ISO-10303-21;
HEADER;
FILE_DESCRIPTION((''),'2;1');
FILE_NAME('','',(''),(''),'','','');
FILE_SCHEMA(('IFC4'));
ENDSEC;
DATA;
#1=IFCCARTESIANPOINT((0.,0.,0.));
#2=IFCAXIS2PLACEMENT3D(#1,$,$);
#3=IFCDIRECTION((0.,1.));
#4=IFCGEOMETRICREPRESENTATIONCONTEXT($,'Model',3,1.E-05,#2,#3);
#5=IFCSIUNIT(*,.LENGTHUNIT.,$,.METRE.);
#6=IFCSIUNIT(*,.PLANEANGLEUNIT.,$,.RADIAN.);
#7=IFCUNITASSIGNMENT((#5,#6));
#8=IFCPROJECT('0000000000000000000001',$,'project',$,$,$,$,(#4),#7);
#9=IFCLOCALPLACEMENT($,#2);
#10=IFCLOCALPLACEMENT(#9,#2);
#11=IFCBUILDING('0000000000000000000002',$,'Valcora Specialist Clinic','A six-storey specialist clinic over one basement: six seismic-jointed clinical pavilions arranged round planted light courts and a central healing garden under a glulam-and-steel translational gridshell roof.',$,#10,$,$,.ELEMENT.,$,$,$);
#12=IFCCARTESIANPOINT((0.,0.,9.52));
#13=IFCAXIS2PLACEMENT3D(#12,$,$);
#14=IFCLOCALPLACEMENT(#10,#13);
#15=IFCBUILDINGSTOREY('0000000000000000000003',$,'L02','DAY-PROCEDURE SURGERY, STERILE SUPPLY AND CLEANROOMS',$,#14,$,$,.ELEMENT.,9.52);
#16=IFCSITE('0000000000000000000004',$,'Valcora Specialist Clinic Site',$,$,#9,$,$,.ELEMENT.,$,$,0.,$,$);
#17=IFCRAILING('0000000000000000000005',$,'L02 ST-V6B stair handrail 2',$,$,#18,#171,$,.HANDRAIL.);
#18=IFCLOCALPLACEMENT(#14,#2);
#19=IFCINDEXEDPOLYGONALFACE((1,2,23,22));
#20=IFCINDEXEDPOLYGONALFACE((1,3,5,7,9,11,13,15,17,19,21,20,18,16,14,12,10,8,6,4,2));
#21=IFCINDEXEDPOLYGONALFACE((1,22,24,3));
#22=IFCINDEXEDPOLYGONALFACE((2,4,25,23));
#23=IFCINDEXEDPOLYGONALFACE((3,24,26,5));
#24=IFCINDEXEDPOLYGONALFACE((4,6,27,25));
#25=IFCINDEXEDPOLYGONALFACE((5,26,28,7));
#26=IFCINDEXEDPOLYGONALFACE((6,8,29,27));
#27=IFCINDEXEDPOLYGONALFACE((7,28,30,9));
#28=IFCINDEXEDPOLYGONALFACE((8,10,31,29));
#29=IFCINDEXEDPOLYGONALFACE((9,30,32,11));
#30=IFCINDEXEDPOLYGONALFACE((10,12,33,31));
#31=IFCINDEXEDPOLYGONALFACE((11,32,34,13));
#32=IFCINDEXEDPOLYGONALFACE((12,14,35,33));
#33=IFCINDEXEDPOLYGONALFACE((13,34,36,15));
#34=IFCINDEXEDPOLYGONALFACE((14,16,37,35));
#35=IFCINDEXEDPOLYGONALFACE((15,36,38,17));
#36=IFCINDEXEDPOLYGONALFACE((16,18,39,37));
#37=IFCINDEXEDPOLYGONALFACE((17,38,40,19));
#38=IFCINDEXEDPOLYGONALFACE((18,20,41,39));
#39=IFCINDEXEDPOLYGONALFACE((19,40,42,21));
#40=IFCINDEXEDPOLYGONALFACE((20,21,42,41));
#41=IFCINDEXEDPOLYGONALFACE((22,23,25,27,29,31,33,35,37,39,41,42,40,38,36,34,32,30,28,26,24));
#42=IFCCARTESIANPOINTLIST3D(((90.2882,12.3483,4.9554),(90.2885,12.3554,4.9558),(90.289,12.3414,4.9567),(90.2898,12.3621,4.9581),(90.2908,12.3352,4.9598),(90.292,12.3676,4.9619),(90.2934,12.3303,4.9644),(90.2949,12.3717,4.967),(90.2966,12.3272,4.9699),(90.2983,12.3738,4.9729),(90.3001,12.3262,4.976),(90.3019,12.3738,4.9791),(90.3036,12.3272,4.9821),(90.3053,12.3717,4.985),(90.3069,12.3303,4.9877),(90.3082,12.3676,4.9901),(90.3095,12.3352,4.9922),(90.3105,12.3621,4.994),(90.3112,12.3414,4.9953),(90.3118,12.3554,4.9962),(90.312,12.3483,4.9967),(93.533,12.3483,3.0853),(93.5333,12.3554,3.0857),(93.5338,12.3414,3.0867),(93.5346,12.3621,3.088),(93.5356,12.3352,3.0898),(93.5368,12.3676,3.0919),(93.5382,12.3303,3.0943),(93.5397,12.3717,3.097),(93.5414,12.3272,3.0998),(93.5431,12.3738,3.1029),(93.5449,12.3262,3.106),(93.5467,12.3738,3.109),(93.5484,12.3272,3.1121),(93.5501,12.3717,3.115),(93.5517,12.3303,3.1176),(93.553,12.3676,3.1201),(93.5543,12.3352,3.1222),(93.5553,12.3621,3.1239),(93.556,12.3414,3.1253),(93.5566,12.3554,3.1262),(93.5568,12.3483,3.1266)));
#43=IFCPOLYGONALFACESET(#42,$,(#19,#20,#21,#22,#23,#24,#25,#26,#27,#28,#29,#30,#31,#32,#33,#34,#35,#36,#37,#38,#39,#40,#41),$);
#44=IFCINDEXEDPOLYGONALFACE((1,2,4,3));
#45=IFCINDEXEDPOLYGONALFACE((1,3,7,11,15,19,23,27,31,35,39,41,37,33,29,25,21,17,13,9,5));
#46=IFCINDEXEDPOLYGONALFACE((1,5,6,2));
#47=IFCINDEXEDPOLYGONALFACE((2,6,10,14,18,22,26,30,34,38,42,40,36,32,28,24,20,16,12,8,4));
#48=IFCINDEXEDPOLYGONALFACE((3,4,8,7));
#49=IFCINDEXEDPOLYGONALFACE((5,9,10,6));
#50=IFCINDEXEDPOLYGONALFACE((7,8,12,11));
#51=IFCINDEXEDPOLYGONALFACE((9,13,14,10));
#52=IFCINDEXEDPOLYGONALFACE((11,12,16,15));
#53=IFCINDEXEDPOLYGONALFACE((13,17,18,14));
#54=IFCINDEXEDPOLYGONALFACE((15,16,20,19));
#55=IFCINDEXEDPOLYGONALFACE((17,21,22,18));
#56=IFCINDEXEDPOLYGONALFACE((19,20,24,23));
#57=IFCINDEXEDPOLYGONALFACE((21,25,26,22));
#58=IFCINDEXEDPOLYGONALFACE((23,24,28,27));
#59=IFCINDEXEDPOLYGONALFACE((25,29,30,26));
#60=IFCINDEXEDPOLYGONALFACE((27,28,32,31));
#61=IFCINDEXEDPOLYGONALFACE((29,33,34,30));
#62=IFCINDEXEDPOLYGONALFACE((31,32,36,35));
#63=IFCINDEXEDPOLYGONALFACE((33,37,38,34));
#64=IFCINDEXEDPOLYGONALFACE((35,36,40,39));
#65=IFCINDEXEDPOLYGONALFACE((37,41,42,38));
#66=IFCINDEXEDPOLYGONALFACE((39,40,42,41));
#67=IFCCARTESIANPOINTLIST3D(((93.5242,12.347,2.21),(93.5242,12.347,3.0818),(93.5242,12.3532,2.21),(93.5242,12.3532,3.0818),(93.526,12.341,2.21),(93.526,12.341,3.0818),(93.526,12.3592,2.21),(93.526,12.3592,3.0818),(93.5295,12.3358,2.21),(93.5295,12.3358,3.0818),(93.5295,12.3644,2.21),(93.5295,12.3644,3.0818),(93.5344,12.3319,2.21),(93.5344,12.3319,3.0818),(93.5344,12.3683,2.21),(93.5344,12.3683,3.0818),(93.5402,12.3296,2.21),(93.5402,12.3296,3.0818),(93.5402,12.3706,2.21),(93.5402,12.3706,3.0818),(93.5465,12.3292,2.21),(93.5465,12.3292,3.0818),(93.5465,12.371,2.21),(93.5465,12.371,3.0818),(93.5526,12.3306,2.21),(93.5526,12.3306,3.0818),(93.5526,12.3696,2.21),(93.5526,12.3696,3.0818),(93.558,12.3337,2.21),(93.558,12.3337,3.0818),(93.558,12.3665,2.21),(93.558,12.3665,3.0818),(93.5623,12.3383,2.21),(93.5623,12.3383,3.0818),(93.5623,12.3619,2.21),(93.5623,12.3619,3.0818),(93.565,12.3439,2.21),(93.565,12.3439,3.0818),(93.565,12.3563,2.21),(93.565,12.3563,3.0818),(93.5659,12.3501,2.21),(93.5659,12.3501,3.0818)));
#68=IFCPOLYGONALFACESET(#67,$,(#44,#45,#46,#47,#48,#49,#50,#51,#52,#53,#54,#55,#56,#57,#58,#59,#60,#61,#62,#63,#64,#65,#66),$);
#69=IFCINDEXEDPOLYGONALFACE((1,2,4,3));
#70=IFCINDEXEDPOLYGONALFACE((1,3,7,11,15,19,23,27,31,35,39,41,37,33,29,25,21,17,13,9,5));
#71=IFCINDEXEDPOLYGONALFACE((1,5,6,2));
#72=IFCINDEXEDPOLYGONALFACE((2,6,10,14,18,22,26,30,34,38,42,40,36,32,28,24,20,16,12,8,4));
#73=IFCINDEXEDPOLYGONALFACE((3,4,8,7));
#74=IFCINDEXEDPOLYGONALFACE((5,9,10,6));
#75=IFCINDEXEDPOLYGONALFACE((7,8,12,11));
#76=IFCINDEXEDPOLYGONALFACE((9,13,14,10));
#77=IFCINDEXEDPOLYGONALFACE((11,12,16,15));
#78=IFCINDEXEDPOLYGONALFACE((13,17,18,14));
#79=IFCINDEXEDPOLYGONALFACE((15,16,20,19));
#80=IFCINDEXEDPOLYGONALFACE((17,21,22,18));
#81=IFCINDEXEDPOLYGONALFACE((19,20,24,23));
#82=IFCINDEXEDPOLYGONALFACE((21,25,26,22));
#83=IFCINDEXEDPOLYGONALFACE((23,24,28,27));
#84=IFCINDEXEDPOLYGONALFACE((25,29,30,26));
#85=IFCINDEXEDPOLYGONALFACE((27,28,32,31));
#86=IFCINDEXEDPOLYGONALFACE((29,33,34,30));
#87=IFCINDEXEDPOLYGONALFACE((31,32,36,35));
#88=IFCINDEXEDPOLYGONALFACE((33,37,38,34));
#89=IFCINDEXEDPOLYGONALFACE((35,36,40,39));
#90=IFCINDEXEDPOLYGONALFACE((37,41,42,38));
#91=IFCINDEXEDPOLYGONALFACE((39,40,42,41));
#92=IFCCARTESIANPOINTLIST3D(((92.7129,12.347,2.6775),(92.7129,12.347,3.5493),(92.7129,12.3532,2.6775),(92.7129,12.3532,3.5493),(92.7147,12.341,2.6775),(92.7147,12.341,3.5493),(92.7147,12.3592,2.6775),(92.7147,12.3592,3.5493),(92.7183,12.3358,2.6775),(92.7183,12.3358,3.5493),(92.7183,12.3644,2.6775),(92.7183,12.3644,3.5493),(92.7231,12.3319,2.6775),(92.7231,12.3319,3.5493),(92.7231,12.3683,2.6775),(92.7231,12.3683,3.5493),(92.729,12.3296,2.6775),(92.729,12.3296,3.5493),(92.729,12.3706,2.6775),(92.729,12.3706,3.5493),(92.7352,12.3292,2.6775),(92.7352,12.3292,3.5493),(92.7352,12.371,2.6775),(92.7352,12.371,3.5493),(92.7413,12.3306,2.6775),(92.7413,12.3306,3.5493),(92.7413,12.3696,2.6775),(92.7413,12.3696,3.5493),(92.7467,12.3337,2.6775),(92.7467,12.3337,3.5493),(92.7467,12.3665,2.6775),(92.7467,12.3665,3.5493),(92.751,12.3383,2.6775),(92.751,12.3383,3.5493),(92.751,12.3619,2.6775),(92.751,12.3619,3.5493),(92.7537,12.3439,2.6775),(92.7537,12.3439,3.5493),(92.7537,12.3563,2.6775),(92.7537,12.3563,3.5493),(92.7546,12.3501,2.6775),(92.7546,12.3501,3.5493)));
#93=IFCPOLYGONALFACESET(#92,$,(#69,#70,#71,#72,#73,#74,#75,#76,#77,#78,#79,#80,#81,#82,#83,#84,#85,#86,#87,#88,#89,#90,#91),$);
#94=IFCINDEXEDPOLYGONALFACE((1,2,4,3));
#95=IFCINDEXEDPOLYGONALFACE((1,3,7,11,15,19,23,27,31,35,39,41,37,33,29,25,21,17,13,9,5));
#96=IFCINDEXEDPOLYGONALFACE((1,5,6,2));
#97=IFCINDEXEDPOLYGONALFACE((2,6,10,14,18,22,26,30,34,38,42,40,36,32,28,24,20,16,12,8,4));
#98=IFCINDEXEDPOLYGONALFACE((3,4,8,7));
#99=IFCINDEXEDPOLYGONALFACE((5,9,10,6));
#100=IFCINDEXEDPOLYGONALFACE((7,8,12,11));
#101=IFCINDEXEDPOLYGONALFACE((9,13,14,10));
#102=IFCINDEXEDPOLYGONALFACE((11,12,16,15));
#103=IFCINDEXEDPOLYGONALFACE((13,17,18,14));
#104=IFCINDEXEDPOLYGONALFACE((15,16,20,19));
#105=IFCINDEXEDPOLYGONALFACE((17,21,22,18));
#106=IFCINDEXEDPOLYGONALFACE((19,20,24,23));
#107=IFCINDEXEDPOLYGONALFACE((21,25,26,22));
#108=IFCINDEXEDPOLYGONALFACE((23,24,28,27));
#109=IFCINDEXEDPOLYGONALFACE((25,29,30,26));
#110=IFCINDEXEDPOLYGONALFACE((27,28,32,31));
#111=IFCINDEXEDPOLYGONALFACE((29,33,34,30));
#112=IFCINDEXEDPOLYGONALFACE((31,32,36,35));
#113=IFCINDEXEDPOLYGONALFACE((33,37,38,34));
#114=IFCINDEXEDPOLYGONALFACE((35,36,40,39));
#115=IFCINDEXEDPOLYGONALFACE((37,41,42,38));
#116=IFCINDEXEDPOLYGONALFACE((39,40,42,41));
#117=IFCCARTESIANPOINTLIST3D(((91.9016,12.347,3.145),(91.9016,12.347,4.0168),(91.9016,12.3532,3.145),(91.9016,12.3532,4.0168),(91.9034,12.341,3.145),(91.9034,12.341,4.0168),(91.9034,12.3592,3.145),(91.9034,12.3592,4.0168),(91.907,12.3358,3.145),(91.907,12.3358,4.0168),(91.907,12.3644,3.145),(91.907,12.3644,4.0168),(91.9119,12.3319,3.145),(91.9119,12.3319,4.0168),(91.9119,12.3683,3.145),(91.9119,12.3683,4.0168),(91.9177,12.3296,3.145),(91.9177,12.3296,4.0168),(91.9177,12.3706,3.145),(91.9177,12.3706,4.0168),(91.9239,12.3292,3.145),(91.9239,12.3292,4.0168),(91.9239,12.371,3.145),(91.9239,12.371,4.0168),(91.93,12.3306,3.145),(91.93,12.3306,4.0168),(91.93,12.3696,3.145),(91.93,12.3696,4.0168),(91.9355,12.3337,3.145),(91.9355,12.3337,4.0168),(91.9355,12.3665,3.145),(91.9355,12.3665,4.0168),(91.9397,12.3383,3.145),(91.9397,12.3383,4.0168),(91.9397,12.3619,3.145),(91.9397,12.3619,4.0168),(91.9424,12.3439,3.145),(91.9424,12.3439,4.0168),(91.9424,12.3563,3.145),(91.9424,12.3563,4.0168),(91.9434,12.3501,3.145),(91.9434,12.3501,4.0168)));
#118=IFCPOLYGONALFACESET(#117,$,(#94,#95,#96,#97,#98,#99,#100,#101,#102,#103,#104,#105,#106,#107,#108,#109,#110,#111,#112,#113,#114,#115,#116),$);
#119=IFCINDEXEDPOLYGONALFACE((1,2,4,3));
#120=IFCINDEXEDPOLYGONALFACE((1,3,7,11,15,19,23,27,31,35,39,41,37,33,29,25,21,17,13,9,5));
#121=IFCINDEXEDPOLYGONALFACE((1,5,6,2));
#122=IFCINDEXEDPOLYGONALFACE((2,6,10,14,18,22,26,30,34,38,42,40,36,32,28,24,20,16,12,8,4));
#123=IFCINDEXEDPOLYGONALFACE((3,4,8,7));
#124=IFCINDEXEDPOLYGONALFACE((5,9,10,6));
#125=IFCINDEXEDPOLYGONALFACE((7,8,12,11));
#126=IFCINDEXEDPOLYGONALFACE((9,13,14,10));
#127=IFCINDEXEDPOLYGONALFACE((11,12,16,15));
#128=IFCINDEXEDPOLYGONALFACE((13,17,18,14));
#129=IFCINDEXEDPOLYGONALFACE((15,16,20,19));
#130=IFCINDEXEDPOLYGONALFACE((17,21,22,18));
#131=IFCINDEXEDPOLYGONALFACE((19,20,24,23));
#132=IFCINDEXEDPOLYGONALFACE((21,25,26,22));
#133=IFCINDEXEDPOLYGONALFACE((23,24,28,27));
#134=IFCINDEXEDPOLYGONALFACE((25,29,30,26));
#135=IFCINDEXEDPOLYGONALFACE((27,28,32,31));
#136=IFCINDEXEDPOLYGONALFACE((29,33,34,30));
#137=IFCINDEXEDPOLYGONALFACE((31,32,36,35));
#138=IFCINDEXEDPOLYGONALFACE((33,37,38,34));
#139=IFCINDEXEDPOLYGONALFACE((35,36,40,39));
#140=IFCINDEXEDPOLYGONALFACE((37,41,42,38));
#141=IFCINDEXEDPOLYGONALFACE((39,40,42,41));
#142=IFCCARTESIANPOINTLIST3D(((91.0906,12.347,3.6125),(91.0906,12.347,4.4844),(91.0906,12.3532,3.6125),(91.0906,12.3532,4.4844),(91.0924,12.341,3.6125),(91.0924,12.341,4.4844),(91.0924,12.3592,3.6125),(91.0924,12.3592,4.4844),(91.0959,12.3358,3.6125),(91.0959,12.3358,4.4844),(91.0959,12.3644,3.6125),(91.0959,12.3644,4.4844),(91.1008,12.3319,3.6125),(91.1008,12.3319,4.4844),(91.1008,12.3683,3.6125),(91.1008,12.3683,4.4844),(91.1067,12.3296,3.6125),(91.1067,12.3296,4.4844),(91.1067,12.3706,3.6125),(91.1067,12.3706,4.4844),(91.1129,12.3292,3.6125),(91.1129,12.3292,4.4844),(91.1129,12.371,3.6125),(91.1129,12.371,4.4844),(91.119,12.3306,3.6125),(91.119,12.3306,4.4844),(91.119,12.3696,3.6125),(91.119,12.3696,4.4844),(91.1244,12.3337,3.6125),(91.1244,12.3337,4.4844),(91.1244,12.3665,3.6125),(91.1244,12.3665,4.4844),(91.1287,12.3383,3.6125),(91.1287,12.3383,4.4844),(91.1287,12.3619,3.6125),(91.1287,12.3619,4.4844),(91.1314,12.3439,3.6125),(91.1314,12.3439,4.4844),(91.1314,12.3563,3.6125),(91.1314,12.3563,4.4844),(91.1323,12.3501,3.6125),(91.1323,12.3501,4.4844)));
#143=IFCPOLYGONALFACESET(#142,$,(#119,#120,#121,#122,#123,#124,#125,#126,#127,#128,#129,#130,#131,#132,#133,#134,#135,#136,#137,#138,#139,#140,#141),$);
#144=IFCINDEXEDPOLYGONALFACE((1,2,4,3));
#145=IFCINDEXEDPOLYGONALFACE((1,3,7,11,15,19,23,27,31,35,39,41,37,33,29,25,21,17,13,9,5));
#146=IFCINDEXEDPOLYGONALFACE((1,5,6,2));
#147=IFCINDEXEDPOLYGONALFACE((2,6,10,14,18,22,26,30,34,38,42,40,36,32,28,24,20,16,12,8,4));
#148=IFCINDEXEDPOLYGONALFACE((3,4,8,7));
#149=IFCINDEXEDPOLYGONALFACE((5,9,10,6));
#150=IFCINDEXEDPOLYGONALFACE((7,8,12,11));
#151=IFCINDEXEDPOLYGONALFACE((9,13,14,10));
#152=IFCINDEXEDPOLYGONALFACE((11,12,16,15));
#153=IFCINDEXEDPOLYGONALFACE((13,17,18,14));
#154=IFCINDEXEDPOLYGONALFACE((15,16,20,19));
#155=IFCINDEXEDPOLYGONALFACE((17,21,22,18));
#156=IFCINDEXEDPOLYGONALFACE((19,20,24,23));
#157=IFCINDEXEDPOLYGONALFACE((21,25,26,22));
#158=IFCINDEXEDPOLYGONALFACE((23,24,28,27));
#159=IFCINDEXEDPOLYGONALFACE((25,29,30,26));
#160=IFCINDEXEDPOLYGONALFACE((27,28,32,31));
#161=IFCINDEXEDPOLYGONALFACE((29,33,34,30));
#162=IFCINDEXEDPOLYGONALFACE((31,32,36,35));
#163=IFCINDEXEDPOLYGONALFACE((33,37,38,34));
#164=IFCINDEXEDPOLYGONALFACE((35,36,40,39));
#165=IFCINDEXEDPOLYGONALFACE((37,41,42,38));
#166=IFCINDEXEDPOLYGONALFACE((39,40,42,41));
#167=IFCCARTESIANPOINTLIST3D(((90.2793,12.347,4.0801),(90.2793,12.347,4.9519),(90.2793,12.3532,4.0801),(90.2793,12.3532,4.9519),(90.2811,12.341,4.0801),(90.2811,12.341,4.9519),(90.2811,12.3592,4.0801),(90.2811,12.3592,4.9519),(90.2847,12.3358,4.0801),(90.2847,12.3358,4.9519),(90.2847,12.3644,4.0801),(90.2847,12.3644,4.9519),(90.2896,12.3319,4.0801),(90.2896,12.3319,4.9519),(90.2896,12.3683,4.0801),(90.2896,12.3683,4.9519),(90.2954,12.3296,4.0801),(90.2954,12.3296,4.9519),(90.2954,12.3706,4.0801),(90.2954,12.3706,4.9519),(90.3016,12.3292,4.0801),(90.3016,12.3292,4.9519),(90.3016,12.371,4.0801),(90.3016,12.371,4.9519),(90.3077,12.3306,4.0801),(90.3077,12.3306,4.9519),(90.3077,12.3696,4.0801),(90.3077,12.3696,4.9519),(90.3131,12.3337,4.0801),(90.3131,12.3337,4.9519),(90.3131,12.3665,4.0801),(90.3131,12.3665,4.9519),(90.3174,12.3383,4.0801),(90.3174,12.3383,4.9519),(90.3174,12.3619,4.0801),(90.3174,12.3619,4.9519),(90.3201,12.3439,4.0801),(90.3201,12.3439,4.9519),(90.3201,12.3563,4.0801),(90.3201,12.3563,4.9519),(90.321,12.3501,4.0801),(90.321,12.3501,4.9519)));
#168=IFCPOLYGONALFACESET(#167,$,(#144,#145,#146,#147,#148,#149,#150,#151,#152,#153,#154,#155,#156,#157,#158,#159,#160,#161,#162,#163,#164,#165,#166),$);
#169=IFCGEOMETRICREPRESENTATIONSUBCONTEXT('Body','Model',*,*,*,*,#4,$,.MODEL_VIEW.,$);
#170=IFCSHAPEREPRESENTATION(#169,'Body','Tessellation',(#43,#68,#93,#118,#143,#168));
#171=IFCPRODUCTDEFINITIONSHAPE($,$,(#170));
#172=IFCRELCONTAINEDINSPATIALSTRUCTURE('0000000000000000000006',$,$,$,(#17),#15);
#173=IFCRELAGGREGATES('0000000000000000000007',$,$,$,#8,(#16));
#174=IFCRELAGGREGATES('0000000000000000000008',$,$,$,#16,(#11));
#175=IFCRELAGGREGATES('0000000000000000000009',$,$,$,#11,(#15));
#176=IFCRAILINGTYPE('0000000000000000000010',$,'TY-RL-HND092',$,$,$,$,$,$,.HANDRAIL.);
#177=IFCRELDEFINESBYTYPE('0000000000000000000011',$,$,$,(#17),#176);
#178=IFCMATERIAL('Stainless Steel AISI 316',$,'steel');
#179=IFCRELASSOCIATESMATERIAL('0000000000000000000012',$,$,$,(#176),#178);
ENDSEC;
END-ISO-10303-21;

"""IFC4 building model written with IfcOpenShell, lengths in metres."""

from ifc_helpers import new_model, si_unit, direction, frame, origin, origin_2d, place, context, subcontext, project, spatial, circle, extrude, material, type_object, element, save


model = new_model("IFC4")

# Units and contexts
model_context = context("Model", 3, precision=1e-05, world=origin(), true_north=direction((0.0, 1.0)))
body_context = subcontext(model_context, "Body", "Model", "MODEL_VIEW")
ifc_project = project(units=[si_unit("LENGTHUNIT", "METRE"), si_unit("PLANEANGLEUNIT", "RADIAN")], contexts=[model_context])

# Site, building, storey
site_placement = place(None, origin())
site = spatial("IfcSite", under=ifc_project, at=site_placement, Name="Valcora Specialist Clinic Site", CompositionType="ELEMENT", RefElevation=0.0)
building_placement = place(site_placement, origin())
building = spatial("IfcBuilding", under=site, at=building_placement, Name="Valcora Specialist Clinic", Description="A six-storey specialist clinic over one basement: six seismic-jointed clinical pavilions arranged round planted light courts and a central healing garden under a glulam-and-steel translational gridshell roof.", CompositionType="ELEMENT")
storey_placement = place(building_placement, frame((0.0, 0.0, 9.52)))
storey = spatial("IfcBuildingStorey", under=building, at=storey_placement, Name="L02", Description="DAY-PROCEDURE SURGERY, STERILE SUPPLY AND CLEANROOMS", CompositionType="ELEMENT", Elevation=9.52)

# Shared definitions
ifc_material_1 = material(Name="Stainless Steel AISI 316", Category="steel")

# Railing
railing_type_1 = type_object("IfcRailingType", Name="TY-RL-HND092", PredefinedType="HANDRAIL", material=ifc_material_1)
railing_1_placement = place(storey_placement, frame((93.5449, 12.3501, 2.21)))
element("IfcRailing", 1, at=railing_1_placement, inside=storey, type_object=railing_type_1, Name="L02 ST-V6B stair handrail 2", PredefinedType="HANDRAIL", context=body_context, shape_type="SweptSolid", body=[
    extrude(circle(Radius=0.0239, at=origin_2d()), frame((0.0, 0.0, 0.896), z_axis=(-0.866408, 0.0, 0.499337), x_axis=(0.0, -1.0, 0.0)), (0.0, 0.0, 1.0), 3.7451),
    extrude(circle(Radius=0.021, at=origin_2d()), origin(), (0.0, 0.0, 1.0), 0.8718),
    extrude(circle(Radius=0.021, at=origin_2d()), frame((-0.8113, 0.0, 0.4675)), (0.0, 0.0, 1.0), 0.8718),
    extrude(circle(Radius=0.021, at=origin_2d()), frame((-1.6226, 0.0, 0.9351)), (0.0, 0.0, 1.0), 0.8718),
    extrude(circle(Radius=0.021, at=origin_2d()), frame((-2.4336, 0.0, 1.4026)), (0.0, 0.0, 1.0), 0.8718),
    extrude(circle(Radius=0.021, at=origin_2d()), frame((-3.2449, 0.0, 1.8701)), (0.0, 0.0, 1.0), 0.8718),
])

save(model, "model.ifc")
